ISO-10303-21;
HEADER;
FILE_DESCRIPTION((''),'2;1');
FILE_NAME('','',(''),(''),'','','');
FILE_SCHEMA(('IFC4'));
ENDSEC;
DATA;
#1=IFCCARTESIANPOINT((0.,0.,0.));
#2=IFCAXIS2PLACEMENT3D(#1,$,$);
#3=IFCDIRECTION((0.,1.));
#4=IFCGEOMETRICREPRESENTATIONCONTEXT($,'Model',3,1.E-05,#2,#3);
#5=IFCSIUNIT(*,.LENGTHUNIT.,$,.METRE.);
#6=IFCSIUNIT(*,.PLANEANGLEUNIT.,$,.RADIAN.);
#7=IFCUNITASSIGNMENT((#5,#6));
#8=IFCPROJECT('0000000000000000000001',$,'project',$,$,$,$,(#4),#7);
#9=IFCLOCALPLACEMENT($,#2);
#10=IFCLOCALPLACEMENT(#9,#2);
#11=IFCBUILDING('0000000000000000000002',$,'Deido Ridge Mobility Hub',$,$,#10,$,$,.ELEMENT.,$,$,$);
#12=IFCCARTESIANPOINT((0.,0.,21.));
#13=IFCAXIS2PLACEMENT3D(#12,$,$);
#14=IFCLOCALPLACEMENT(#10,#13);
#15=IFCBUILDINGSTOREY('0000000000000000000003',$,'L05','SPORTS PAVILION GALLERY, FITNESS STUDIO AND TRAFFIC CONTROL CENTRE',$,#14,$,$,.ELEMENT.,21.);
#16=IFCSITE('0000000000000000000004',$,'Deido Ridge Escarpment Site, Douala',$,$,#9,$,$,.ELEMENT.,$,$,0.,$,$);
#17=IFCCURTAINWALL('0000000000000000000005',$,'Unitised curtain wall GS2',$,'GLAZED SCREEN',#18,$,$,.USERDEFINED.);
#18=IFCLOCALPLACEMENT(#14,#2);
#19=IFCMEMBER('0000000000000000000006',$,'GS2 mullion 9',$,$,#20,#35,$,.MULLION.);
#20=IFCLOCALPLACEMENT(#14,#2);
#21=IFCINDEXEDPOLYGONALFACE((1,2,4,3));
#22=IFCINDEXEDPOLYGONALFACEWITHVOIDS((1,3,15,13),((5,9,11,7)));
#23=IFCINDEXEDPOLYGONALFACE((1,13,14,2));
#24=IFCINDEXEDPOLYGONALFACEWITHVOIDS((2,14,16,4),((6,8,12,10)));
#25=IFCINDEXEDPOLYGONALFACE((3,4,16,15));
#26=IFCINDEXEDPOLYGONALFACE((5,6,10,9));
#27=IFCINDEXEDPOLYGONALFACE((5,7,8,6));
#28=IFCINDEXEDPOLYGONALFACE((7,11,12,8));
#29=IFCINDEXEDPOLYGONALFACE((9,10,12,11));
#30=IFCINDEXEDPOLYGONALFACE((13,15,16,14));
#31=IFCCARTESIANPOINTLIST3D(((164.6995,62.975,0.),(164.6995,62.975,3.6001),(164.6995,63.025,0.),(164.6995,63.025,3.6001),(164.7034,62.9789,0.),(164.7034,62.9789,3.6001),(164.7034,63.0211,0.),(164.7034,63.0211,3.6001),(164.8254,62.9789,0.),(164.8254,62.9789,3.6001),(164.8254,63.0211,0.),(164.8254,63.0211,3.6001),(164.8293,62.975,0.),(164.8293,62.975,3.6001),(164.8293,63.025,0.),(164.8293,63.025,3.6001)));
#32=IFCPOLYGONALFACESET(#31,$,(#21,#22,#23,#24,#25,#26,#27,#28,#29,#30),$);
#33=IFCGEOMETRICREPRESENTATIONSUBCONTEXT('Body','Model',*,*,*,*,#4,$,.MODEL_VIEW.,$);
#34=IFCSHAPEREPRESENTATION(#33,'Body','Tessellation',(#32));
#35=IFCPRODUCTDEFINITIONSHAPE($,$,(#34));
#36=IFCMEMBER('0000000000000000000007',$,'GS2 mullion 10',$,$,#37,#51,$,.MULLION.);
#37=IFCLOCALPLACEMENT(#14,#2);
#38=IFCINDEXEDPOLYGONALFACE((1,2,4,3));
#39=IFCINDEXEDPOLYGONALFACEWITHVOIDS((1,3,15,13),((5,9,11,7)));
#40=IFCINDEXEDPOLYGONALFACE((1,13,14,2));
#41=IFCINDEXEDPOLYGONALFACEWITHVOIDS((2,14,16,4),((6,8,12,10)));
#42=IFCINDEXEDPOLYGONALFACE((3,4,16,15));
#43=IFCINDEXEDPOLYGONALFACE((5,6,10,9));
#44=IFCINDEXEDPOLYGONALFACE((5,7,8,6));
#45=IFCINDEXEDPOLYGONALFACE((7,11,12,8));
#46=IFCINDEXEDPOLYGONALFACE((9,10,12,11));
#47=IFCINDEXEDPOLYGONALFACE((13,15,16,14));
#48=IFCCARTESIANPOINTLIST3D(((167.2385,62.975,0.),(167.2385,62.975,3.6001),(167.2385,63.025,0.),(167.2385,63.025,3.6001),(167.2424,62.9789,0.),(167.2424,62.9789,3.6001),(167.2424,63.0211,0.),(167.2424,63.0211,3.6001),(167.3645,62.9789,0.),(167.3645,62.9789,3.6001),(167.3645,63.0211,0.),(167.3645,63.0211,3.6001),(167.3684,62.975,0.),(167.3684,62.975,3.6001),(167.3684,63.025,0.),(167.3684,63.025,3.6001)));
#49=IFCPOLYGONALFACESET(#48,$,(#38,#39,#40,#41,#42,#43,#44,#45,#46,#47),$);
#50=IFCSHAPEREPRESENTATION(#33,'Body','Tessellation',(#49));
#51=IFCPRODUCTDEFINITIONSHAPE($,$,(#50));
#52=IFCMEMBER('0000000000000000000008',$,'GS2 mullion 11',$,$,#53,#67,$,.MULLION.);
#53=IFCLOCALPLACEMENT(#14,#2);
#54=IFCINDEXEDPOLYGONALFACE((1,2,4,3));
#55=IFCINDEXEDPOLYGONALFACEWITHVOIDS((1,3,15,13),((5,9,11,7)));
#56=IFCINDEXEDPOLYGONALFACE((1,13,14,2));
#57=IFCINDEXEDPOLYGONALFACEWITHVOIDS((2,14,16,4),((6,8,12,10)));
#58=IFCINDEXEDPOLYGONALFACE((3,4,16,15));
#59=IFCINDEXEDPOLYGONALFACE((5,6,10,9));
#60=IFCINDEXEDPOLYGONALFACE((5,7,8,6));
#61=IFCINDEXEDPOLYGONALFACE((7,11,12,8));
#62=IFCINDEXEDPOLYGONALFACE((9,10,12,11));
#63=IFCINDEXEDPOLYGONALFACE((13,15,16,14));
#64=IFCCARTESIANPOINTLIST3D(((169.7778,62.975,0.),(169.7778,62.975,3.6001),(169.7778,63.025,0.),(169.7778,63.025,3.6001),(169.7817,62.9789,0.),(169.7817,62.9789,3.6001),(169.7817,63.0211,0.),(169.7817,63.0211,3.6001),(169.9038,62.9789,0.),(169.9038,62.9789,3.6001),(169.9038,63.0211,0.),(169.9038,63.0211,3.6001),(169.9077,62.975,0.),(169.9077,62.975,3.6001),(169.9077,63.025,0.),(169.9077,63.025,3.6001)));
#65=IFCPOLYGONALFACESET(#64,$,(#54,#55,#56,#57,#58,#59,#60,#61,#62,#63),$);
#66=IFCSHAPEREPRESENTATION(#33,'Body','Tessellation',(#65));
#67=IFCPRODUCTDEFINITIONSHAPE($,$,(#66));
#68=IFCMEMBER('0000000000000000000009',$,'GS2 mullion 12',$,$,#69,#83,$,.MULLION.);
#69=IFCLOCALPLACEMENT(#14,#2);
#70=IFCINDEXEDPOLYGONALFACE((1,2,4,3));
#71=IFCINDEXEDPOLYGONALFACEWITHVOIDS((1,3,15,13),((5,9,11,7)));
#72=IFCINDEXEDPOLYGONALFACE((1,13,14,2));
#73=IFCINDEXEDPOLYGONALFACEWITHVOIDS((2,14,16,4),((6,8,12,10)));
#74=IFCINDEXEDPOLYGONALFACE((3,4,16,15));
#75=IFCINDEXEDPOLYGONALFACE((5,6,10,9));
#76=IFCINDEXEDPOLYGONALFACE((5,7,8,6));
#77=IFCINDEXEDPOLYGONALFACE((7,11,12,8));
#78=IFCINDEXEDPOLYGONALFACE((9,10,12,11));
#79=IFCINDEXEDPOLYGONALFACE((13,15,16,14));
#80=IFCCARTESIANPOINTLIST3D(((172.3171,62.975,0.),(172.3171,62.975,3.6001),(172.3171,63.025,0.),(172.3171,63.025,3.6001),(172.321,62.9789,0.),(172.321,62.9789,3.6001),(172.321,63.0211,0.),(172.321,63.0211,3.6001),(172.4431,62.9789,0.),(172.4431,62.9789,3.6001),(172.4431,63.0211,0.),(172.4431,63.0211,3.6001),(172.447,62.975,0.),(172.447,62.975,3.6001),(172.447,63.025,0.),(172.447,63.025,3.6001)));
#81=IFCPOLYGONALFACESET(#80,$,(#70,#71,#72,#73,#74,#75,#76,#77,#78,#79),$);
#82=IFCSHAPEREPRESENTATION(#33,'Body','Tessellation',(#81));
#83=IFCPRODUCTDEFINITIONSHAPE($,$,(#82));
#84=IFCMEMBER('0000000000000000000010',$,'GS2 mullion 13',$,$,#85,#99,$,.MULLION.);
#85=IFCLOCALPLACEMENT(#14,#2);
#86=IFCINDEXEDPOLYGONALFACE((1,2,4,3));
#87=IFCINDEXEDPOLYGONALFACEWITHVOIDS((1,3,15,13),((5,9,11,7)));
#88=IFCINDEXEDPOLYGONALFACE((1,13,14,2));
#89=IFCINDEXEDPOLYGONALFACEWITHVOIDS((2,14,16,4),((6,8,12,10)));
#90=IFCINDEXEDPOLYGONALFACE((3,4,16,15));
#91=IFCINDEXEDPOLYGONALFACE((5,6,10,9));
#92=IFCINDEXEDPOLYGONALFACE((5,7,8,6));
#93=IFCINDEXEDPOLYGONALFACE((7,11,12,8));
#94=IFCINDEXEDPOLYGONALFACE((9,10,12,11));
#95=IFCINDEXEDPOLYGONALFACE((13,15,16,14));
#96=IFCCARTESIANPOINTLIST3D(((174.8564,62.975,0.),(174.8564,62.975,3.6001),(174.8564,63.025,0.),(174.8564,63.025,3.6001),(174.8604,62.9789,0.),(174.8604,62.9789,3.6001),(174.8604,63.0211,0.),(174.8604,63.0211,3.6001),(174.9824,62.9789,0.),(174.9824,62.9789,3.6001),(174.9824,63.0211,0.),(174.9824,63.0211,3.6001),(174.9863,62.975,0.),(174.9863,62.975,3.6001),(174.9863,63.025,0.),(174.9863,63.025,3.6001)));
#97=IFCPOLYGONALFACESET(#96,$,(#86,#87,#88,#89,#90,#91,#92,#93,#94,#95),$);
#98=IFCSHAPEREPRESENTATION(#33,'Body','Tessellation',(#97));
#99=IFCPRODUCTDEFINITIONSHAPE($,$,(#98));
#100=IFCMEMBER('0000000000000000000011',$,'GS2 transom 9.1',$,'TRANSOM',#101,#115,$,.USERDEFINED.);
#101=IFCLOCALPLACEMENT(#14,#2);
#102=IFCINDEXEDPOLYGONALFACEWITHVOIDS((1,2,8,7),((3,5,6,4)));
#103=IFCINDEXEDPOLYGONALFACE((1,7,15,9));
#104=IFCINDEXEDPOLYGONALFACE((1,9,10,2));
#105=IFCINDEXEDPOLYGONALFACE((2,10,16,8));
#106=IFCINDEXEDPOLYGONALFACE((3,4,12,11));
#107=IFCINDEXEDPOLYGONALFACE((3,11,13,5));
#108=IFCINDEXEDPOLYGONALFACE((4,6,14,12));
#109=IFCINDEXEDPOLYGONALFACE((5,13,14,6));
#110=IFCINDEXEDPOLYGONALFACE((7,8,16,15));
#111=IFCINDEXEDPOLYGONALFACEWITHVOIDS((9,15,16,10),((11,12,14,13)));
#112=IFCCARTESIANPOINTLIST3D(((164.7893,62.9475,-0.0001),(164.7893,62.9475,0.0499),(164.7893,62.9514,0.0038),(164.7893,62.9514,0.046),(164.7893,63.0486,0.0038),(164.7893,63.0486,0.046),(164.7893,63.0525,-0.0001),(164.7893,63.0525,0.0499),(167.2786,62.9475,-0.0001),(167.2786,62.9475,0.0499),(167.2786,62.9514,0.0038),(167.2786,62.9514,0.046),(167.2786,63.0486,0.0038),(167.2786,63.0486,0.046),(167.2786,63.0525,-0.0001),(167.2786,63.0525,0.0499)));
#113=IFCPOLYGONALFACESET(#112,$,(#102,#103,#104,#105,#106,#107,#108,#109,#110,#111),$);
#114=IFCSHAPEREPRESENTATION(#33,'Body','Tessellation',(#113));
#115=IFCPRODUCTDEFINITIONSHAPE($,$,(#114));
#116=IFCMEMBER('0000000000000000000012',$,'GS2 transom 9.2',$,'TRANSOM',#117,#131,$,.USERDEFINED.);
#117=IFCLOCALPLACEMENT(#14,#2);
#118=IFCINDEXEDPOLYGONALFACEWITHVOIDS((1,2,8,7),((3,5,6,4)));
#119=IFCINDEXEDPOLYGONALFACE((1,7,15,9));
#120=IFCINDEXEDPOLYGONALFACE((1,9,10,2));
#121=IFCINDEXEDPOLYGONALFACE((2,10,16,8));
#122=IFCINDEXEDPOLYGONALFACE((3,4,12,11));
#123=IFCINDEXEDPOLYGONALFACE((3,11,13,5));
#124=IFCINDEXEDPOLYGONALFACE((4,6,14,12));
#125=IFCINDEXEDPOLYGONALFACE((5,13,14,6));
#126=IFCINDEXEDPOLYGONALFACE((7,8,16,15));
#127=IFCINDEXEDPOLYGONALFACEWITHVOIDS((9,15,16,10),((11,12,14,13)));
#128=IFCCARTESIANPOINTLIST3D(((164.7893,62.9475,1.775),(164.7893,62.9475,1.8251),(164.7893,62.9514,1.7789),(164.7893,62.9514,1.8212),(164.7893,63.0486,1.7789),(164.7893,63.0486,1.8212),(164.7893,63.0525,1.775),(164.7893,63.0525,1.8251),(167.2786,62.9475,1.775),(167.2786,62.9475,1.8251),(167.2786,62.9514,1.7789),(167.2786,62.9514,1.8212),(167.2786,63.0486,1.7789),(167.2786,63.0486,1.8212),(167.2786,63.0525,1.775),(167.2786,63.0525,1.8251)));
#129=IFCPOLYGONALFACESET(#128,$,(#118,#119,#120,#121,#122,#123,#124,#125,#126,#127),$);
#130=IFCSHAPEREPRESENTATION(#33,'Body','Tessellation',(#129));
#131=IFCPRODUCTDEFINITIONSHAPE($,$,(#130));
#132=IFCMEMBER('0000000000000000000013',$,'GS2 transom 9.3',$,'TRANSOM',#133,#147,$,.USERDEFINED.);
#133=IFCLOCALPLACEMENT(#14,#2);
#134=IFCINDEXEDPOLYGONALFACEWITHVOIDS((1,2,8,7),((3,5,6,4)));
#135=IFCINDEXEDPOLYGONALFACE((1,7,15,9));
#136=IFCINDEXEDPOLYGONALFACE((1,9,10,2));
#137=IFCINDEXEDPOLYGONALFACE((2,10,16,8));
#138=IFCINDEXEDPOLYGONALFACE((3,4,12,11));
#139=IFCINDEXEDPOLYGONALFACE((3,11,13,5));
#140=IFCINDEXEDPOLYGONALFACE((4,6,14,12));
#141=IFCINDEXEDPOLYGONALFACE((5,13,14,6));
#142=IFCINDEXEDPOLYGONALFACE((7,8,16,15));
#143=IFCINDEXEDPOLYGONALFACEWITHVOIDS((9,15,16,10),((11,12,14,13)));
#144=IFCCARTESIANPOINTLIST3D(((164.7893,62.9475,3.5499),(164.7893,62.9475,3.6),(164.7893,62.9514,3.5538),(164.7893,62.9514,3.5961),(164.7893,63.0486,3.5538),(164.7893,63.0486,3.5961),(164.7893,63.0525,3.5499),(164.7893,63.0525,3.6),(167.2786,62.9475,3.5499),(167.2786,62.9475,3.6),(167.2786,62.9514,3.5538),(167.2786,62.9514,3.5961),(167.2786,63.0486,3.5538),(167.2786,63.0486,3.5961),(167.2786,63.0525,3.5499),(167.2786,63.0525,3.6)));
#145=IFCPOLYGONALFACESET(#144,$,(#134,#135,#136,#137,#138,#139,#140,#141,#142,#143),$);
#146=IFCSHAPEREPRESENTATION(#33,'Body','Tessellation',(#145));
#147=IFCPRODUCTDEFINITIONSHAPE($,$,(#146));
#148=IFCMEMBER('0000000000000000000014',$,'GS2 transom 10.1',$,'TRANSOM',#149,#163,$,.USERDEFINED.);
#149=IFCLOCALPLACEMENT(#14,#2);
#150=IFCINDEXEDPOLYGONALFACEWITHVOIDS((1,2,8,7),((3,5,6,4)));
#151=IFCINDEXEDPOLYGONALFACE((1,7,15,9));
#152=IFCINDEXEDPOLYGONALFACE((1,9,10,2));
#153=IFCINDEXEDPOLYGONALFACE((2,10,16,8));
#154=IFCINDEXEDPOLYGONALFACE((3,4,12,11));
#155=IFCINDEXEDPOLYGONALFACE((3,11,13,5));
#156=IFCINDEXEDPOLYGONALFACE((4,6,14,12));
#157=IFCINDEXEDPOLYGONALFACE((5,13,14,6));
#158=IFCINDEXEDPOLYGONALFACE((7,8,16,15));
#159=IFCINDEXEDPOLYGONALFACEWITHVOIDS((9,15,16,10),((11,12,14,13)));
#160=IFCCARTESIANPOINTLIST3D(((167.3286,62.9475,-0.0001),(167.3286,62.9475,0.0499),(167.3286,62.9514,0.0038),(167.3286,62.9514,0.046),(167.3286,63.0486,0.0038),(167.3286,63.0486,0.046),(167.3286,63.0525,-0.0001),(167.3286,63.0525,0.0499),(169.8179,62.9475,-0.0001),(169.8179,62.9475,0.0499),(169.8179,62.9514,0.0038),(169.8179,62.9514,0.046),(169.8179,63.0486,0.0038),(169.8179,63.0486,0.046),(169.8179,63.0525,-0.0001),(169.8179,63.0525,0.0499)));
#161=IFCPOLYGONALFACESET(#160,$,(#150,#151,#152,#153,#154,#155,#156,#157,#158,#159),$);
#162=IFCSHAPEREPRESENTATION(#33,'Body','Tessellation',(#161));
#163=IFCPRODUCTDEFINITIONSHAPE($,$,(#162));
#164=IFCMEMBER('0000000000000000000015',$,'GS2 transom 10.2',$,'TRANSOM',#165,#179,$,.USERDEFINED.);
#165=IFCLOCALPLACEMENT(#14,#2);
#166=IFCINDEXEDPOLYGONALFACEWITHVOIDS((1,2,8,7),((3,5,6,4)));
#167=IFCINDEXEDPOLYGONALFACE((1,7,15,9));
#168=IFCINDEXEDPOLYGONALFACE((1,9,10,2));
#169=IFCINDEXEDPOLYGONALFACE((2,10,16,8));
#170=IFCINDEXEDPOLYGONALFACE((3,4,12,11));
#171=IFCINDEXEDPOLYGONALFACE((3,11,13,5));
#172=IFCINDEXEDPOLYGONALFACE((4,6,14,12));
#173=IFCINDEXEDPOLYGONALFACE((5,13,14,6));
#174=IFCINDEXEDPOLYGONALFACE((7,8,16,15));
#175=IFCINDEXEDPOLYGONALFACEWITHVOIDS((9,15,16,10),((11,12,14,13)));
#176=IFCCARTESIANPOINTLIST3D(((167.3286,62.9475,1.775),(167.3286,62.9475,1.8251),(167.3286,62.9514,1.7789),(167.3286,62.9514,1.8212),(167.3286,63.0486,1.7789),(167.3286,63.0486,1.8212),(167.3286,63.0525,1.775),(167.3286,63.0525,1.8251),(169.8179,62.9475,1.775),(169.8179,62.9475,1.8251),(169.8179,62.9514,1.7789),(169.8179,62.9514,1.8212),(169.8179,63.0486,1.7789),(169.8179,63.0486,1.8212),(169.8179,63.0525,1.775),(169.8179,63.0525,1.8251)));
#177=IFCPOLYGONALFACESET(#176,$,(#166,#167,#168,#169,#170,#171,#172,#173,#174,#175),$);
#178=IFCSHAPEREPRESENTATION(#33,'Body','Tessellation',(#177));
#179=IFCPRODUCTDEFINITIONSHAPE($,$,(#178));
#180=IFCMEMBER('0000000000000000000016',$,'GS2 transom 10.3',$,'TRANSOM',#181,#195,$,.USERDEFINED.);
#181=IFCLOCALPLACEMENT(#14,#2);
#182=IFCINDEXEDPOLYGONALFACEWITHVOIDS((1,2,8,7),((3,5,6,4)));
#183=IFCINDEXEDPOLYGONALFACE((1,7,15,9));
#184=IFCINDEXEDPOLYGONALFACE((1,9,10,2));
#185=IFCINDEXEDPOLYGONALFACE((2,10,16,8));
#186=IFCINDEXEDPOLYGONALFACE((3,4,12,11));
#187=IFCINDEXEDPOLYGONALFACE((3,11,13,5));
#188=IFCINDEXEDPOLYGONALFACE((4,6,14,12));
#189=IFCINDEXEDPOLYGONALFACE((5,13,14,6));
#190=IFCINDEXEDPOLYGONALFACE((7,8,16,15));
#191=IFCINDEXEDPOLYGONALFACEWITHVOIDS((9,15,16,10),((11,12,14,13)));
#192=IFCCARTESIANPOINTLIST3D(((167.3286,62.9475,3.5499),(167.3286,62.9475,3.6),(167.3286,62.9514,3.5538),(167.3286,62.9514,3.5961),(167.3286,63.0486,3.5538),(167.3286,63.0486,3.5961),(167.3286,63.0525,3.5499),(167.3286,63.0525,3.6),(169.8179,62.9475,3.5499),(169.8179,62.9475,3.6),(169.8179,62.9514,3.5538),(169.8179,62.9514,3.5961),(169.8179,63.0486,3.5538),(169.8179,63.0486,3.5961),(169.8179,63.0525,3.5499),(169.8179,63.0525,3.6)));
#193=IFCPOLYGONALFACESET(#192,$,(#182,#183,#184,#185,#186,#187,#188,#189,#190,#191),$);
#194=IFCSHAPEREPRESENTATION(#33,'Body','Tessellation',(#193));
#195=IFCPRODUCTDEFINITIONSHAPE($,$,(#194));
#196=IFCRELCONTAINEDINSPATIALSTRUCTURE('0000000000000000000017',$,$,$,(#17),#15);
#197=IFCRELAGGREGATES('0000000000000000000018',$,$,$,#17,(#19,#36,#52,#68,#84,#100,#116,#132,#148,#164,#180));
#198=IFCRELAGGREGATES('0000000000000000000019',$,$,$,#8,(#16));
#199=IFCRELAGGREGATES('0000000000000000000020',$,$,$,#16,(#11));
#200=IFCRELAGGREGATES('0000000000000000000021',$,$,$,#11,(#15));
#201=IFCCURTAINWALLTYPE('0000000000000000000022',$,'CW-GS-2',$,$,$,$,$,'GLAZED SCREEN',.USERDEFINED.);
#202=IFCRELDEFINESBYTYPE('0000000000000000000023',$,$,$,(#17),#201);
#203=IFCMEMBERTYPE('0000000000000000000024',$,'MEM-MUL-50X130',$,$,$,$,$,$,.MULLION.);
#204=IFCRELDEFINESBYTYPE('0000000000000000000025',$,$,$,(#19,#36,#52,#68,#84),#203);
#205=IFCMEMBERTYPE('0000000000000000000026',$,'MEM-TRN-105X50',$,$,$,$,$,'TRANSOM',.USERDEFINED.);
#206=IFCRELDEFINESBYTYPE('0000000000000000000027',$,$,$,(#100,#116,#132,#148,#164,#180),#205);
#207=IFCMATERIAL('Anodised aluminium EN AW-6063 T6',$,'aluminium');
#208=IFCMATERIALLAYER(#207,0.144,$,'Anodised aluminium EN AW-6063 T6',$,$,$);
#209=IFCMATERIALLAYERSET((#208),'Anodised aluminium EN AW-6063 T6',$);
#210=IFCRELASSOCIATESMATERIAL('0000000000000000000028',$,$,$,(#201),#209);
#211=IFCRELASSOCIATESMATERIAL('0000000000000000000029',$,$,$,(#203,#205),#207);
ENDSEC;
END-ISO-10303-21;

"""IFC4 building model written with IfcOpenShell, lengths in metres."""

from ifc_helpers import new_model, si_unit, direction, frame, origin, origin_2d, place, context, subcontext, project, spatial, hollow_rectangle, extrude, material, layer, layer_set, material_profile, profile_set, type_object, element, aggregate, save


model = new_model("IFC4")

# Units and contexts
model_context = context("Model", 3, precision=1e-05, world=origin(), true_north=direction((0.0, 1.0)))
body_context = subcontext(model_context, "Body", "Model", "MODEL_VIEW")
ifc_project = project(units=[si_unit("LENGTHUNIT", "METRE"), si_unit("PLANEANGLEUNIT", "RADIAN")], contexts=[model_context])

# Site, building, storey
site_placement = place(None, origin())
site = spatial("IfcSite", under=ifc_project, at=site_placement, Name="Deido Ridge Escarpment Site, Douala", CompositionType="ELEMENT", RefElevation=0.0)
building_placement = place(site_placement, origin())
building = spatial("IfcBuilding", under=site, at=building_placement, Name="Deido Ridge Mobility Hub", CompositionType="ELEMENT")
storey_placement = place(building_placement, frame((0.0, 0.0, 21.0)))
storey = spatial("IfcBuildingStorey", under=building, at=storey_placement, Name="L05", Description="SPORTS PAVILION GALLERY, FITNESS STUDIO AND TRAFFIC CONTROL CENTRE", CompositionType="ELEMENT", Elevation=21.0)

# Curtain wall, members
ifc_material_1 = material(Name="Anodised aluminium EN AW-6063 T6", Category="aluminium")
ifc_layer_1 = layer(ifc_material_1, 0.144, Name="Anodised aluminium EN AW-6063 T6")
ifc_layer_set_1 = layer_set([ifc_layer_1], Name="Anodised aluminium EN AW-6063 T6")
curtain_wall_type = type_object("IfcCurtainWallType", Name="CW-GS-2", ElementType="GLAZED SCREEN", PredefinedType="USERDEFINED", material=ifc_layer_set_1)
curtain_wall_placement = place(storey_placement, origin())
curtain_wall = element("IfcCurtainWall", 1, at=curtain_wall_placement, inside=storey, type_object=curtain_wall_type, Name="Unitised curtain wall GS2", ObjectType="GLAZED SCREEN", PredefinedType="USERDEFINED")
ifc_material_profile_1 = material_profile(ifc_material_1, hollow_rectangle(XDim=0.05, YDim=0.1299, WallThickness=0.0039, at=origin_2d()), Name="RHS 50x130x4")
ifc_profile_set_1 = profile_set([ifc_material_profile_1], Name="Anodised aluminium EN AW-6063 T6")
member_type_1 = type_object("IfcMemberType", Name="MEM-MUL-50X130", PredefinedType="MULLION", material=ifc_profile_set_1)
member_1_placement = place(storey_placement, frame((164.7644, 63.0, 0.0), z_axis=(0.0, 0.0, 1.0), x_axis=(0.0, 1.0, 0.0)))
member_1 = element("IfcMember", 2, at=member_1_placement, type_object=member_type_1, Name="GS2 mullion 9", PredefinedType="MULLION", context=body_context, shape_type="SweptSolid", body=[
    extrude(hollow_rectangle(XDim=0.05, YDim=0.1299, WallThickness=0.0039, at=origin_2d()), origin(), (0.0, 0.0, 1.0), 3.6001),
])
member_2_placement = place(storey_placement, frame((167.3035, 63.0, 0.0), z_axis=(0.0, 0.0, 1.0), x_axis=(0.0, 1.0, 0.0)))
member_2 = element("IfcMember", 3, at=member_2_placement, type_object=member_type_1, Name="GS2 mullion 10", PredefinedType="MULLION", context=body_context, shape_type="SweptSolid", body=[
    extrude(hollow_rectangle(XDim=0.05, YDim=0.1299, WallThickness=0.0039, at=origin_2d()), origin(), (0.0, 0.0, 1.0), 3.6001),
])
member_3_placement = place(storey_placement, frame((169.8428, 63.0, 0.0), z_axis=(0.0, 0.0, 1.0), x_axis=(0.0, 1.0, 0.0)))
member_3 = element("IfcMember", 4, at=member_3_placement, type_object=member_type_1, Name="GS2 mullion 11", PredefinedType="MULLION", context=body_context, shape_type="SweptSolid", body=[
    extrude(hollow_rectangle(XDim=0.05, YDim=0.1299, WallThickness=0.0039, at=origin_2d()), origin(), (0.0, 0.0, 1.0), 3.6001),
])
member_4_placement = place(storey_placement, frame((172.3821, 63.0, 0.0), z_axis=(0.0, 0.0, 1.0), x_axis=(0.0, 1.0, 0.0)))
member_4 = element("IfcMember", 5, at=member_4_placement, type_object=member_type_1, Name="GS2 mullion 12", PredefinedType="MULLION", context=body_context, shape_type="SweptSolid", body=[
    extrude(hollow_rectangle(XDim=0.05, YDim=0.1299, WallThickness=0.0039, at=origin_2d()), origin(), (0.0, 0.0, 1.0), 3.6001),
])
member_5_placement = place(storey_placement, frame((174.9214, 63.0, 0.0), z_axis=(0.0, 0.0, 1.0), x_axis=(0.0, 1.0, 0.0)))
member_5 = element("IfcMember", 6, at=member_5_placement, type_object=member_type_1, Name="GS2 mullion 13", PredefinedType="MULLION", context=body_context, shape_type="SweptSolid", body=[
    extrude(hollow_rectangle(XDim=0.05, YDim=0.1299, WallThickness=0.0039, at=origin_2d()), origin(), (0.0, 0.0, 1.0), 3.6001),
])
ifc_material_profile_2 = material_profile(ifc_material_1, hollow_rectangle(XDim=0.105, YDim=0.05, WallThickness=0.0039, at=origin_2d()), Name="RHS 105x50x4")
ifc_profile_set_2 = profile_set([ifc_material_profile_2], Name="Anodised aluminium EN AW-6063 T6")
member_type_2 = type_object("IfcMemberType", Name="MEM-TRN-105X50", ElementType="TRANSOM", PredefinedType="USERDEFINED", material=ifc_profile_set_2)
member_6_placement = place(storey_placement, frame((164.7893, 63.0, 0.0249), z_axis=(1.0, 0.0, 0.0), x_axis=(0.0, 1.0, 0.0)))
member_6 = element("IfcMember", 7, at=member_6_placement, type_object=member_type_2, Name="GS2 transom 9.1", ObjectType="TRANSOM", PredefinedType="USERDEFINED", context=body_context, shape_type="SweptSolid", body=[
    extrude(hollow_rectangle(XDim=0.105, YDim=0.05, WallThickness=0.0039, at=origin_2d()), origin(), (0.0, 0.0, 1.0), 2.4893),
])
member_7_placement = place(storey_placement, frame((164.7893, 63.0, 1.8), z_axis=(1.0, 0.0, 0.0), x_axis=(0.0, 1.0, 0.0)))
member_7 = element("IfcMember", 8, at=member_7_placement, type_object=member_type_2, Name="GS2 transom 9.2", ObjectType="TRANSOM", PredefinedType="USERDEFINED", context=body_context, shape_type="SweptSolid", body=[
    extrude(hollow_rectangle(XDim=0.105, YDim=0.05, WallThickness=0.0039, at=origin_2d()), origin(), (0.0, 0.0, 1.0), 2.4893),
])
member_8_placement = place(storey_placement, frame((164.7893, 63.0, 3.575), z_axis=(1.0, 0.0, 0.0), x_axis=(0.0, 1.0, 0.0)))
member_8 = element("IfcMember", 9, at=member_8_placement, type_object=member_type_2, Name="GS2 transom 9.3", ObjectType="TRANSOM", PredefinedType="USERDEFINED", context=body_context, shape_type="SweptSolid", body=[
    extrude(hollow_rectangle(XDim=0.105, YDim=0.05, WallThickness=0.0039, at=origin_2d()), origin(), (0.0, 0.0, 1.0), 2.4893),
])
member_9_placement = place(storey_placement, frame((167.3286, 63.0, 0.0249), z_axis=(1.0, 0.0, 0.0), x_axis=(0.0, 1.0, 0.0)))
member_9 = element("IfcMember", 10, at=member_9_placement, type_object=member_type_2, Name="GS2 transom 10.1", ObjectType="TRANSOM", PredefinedType="USERDEFINED", context=body_context, shape_type="SweptSolid", body=[
    extrude(hollow_rectangle(XDim=0.105, YDim=0.05, WallThickness=0.0039, at=origin_2d()), origin(), (0.0, 0.0, 1.0), 2.4893),
])
member_10_placement = place(storey_placement, frame((167.3286, 63.0, 1.8), z_axis=(1.0, 0.0, 0.0), x_axis=(0.0, 1.0, 0.0)))
member_10 = element("IfcMember", 11, at=member_10_placement, type_object=member_type_2, Name="GS2 transom 10.2", ObjectType="TRANSOM", PredefinedType="USERDEFINED", context=body_context, shape_type="SweptSolid", body=[
    extrude(hollow_rectangle(XDim=0.105, YDim=0.05, WallThickness=0.0039, at=origin_2d()), origin(), (0.0, 0.0, 1.0), 2.4893),
])
member_11_placement = place(storey_placement, frame((167.3286, 63.0, 3.575), z_axis=(1.0, 0.0, 0.0), x_axis=(0.0, 1.0, 0.0)))
member_11 = element("IfcMember", 12, at=member_11_placement, type_object=member_type_2, Name="GS2 transom 10.3", ObjectType="TRANSOM", PredefinedType="USERDEFINED", context=body_context, shape_type="SweptSolid", body=[
    extrude(hollow_rectangle(XDim=0.105, YDim=0.05, WallThickness=0.0039, at=origin_2d()), origin(), (0.0, 0.0, 1.0), 2.4893),
])

aggregate(curtain_wall, [member_1, member_2, member_3, member_4, member_5, member_6, member_7, member_8, member_9, member_10, member_11])

save(model, "model.ifc")
